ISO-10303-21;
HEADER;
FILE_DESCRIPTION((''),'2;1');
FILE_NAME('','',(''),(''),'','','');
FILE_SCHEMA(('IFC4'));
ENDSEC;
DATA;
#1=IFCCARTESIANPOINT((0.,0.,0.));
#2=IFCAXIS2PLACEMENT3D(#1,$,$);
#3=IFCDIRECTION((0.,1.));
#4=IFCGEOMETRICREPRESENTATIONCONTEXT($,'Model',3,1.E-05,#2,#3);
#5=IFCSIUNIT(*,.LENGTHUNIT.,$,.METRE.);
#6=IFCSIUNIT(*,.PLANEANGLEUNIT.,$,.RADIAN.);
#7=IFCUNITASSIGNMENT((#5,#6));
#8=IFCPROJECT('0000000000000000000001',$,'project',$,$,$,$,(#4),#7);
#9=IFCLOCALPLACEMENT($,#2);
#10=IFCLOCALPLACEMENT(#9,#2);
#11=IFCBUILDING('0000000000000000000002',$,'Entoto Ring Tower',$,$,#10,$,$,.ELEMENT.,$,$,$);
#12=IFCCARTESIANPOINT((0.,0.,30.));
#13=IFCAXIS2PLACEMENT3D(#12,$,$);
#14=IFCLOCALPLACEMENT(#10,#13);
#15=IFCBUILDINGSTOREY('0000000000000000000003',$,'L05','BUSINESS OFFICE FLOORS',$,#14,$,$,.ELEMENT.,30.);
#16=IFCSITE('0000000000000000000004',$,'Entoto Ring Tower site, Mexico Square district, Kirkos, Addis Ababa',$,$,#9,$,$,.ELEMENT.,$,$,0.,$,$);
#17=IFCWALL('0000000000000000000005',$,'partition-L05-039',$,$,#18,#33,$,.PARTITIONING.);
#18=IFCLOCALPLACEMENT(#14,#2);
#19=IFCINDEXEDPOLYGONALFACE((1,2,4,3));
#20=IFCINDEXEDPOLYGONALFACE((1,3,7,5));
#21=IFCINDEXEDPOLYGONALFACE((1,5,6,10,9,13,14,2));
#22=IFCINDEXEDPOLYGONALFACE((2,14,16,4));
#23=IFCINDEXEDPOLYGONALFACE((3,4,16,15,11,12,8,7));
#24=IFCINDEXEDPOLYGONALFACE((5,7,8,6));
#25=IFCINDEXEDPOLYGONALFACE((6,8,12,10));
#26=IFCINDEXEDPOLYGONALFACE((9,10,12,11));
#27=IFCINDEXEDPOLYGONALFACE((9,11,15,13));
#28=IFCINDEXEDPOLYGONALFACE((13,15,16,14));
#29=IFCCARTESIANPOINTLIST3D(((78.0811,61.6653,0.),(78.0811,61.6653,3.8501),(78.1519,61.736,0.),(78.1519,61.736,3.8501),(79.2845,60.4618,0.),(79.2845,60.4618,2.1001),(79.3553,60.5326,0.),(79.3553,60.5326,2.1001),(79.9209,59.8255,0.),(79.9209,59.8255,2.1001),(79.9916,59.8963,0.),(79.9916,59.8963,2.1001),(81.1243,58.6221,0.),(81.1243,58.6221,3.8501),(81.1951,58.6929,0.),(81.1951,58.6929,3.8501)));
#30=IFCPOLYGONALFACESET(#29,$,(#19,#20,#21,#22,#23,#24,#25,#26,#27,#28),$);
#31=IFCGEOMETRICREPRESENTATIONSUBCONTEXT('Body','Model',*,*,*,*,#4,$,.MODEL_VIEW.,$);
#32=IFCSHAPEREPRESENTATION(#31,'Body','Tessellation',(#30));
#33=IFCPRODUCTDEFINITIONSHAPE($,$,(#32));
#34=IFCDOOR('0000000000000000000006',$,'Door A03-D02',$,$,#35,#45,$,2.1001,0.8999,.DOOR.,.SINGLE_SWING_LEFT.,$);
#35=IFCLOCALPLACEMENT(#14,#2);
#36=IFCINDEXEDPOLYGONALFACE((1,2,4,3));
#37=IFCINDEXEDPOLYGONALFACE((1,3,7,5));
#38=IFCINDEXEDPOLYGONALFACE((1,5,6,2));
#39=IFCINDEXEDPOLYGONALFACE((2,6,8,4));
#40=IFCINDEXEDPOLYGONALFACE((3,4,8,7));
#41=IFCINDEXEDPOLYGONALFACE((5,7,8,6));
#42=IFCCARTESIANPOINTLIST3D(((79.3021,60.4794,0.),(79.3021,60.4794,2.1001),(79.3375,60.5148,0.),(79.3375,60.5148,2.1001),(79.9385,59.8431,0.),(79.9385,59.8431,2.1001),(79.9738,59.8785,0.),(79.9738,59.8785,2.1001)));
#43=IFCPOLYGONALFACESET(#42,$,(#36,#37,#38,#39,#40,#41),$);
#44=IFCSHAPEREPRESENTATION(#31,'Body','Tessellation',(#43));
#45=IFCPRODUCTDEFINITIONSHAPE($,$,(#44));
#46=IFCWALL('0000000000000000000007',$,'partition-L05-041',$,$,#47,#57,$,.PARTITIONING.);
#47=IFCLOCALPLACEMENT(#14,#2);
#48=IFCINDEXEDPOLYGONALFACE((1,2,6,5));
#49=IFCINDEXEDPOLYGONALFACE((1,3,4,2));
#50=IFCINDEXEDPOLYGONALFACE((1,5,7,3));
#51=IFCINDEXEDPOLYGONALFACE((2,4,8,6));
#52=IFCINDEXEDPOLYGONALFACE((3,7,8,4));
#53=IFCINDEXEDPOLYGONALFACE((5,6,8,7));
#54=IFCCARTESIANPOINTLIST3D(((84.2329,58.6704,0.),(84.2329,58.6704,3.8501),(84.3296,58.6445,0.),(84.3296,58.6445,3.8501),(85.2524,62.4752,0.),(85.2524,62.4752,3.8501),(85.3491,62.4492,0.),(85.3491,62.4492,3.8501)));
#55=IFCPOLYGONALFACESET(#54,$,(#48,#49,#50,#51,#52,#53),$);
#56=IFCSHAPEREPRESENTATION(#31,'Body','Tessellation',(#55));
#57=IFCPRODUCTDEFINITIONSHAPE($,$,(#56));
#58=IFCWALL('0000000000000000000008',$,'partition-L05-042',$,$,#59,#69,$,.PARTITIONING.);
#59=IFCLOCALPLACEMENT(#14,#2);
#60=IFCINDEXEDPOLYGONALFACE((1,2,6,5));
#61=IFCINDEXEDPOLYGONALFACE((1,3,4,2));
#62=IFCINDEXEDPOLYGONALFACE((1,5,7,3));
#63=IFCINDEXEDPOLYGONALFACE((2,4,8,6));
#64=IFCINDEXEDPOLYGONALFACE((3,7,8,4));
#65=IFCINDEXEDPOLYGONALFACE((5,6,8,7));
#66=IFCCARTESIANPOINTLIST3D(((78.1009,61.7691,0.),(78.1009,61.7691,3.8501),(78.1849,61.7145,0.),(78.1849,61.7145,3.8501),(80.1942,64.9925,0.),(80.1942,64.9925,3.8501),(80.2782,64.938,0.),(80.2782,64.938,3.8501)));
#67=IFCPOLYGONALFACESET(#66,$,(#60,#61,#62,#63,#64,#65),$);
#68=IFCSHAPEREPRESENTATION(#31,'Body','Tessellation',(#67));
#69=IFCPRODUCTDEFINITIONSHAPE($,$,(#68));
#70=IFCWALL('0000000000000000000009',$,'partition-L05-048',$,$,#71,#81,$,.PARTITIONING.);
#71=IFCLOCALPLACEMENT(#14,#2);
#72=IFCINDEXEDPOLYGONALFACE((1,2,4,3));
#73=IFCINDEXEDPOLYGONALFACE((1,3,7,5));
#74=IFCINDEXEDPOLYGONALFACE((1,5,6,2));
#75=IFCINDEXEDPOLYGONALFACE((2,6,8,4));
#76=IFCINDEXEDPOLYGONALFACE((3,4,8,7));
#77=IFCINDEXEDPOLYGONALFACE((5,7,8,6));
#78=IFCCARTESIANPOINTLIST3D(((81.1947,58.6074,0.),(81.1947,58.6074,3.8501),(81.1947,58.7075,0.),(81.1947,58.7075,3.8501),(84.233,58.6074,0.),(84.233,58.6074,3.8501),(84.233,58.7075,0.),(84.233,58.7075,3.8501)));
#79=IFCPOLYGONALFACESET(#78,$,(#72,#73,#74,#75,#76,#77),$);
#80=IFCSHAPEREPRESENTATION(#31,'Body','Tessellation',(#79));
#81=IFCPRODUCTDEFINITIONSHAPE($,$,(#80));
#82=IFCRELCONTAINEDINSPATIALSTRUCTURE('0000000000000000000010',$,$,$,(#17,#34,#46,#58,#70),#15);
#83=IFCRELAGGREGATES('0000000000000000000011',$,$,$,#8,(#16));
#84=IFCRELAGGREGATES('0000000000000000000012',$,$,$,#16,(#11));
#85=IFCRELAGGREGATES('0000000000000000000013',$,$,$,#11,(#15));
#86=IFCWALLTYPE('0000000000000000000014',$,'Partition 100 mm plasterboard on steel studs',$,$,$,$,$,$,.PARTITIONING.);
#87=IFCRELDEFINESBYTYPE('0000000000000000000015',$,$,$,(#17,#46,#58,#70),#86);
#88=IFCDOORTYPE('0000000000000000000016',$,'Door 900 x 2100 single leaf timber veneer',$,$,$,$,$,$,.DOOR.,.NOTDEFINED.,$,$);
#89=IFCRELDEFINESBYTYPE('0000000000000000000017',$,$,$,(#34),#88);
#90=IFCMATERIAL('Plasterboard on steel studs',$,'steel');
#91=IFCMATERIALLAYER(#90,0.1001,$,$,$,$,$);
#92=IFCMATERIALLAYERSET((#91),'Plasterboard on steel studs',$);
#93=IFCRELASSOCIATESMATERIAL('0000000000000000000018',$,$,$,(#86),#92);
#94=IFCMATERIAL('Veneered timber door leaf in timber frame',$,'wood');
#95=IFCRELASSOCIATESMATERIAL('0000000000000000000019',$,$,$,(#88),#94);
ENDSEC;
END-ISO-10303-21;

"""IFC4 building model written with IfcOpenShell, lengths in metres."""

from ifc_helpers import new_model, si_unit, direction, frame, frame_2d, origin, place, context, subcontext, project, spatial, rectangle, extrude, material, layer, layer_set, type_object, element, fill, save


model = new_model("IFC4")

# Units and contexts
model_context = context("Model", 3, precision=1e-05, world=origin(), true_north=direction((0.0, 1.0)))
body_context = subcontext(model_context, "Body", "Model", "MODEL_VIEW")
ifc_project = project(units=[si_unit("LENGTHUNIT", "METRE"), si_unit("PLANEANGLEUNIT", "RADIAN")], contexts=[model_context])

# Site, building, storey
site_placement = place(None, origin())
site = spatial("IfcSite", under=ifc_project, at=site_placement, Name="Entoto Ring Tower site, Mexico Square district, Kirkos, Addis Ababa", CompositionType="ELEMENT", RefElevation=0.0)
building_placement = place(site_placement, origin())
building = spatial("IfcBuilding", under=site, at=building_placement, Name="Entoto Ring Tower", CompositionType="ELEMENT")
storey_placement = place(building_placement, frame((0.0, 0.0, 30.0)))
storey = spatial("IfcBuildingStorey", under=building, at=storey_placement, Name="L05", Description="BUSINESS OFFICE FLOORS", CompositionType="ELEMENT", Elevation=30.0)

# Wall, opening, door
ifc_material_1 = material(Name="Plasterboard on steel studs", Category="steel")
ifc_layer_1 = layer(ifc_material_1, 0.1001)
ifc_layer_set_1 = layer_set([ifc_layer_1], Name="Plasterboard on steel studs")
wall_type_1 = type_object("IfcWallType", Name="Partition 100 mm plasterboard on steel studs", PredefinedType="PARTITIONING", material=ifc_layer_set_1)
wall_1_placement = place(storey_placement, frame((81.1597, 58.6575, 0.0), z_axis=(0.0, 0.0, 1.0), x_axis=(-0.707107, 0.707107, 0.0)))
wall_1 = element("IfcWall", 1, at=wall_1_placement, inside=storey, type_object=wall_type_1, Name="partition-L05-039", PredefinedType="PARTITIONING", context=body_context, shape_type="SweptSolid", body=[
    extrude(rectangle(XDim=4.3037, YDim=0.1001, at=frame_2d((2.1519, 0.0))), origin(), (0.0, 0.0, 1.0), 3.8501),
])
opening_1_placement = place(wall_1_placement, frame((1.7019, 0.0, 0.0)))
opening_1 = element("IfcOpeningElement", 2, at=opening_1_placement, cuts=wall_1, PredefinedType="OPENING", context=body_context, shape_type="SweptSolid", body=[
    extrude(rectangle(XDim=0.8999, YDim=2.1001, at=frame_2d((0.45, 1.05))), frame((0.0, 0.0601, 0.0), z_axis=(0.0, -1.0, 0.0), x_axis=(1.0, 0.0, 0.0)), (0.0, 0.0, 1.0), 0.1201),
])
ifc_material_2 = material(Name="Veneered timber door leaf in timber frame", Category="wood")
door_type_1 = type_object("IfcDoorType", Name="Door 900 x 2100 single leaf timber veneer", OperationType="NOTDEFINED", PredefinedType="DOOR", material=ifc_material_2)
door_1_placement = place(opening_1_placement, frame((0.8999, 0.0, 0.0), z_axis=(0.0, 0.0, 1.0), x_axis=(-1.0, 0.0, 0.0)))
door_1 = element("IfcDoor", 3, at=door_1_placement, inside=storey, type_object=door_type_1, Name="Door A03-D02", OperationType="SINGLE_SWING_LEFT", OverallHeight=2.1001, OverallWidth=0.8999, PredefinedType="DOOR", context=body_context, shape_type="SweptSolid", body=[
    extrude(rectangle(XDim=0.8999, YDim=2.1001, at=frame_2d((0.45, 1.05))), frame((0.0, 0.0249, 0.0), z_axis=(0.0, -1.0, 0.0), x_axis=(1.0, 0.0, 0.0)), (0.0, 0.0, 1.0), 0.05),
])
fill(opening_1, door_1)

# Walls
wall_2_placement = place(storey_placement, frame((84.2812, 58.6575, 0.0), z_axis=(0.0, 0.0, 1.0), x_axis=(0.258835, 0.965921, 0.0)))
element("IfcWall", 4, at=wall_2_placement, inside=storey, type_object=wall_type_1, Name="partition-L05-041", PredefinedType="PARTITIONING", context=body_context, shape_type="SweptSolid", body=[
    extrude(rectangle(XDim=3.939, YDim=0.1001, at=frame_2d((1.9695, 0.0))), origin(), (0.0, 0.0, 1.0), 3.8501),
])
wall_3_placement = place(storey_placement, frame((78.1428, 61.7417, 0.0), z_axis=(0.0, 0.0, 1.0), x_axis=(0.544633, 0.838674, 0.0)))
element("IfcWall", 5, at=wall_3_placement, inside=storey, type_object=wall_type_1, Name="partition-L05-042", PredefinedType="PARTITIONING", context=body_context, shape_type="SweptSolid", body=[
    extrude(rectangle(XDim=3.8435, YDim=0.1001, at=frame_2d((1.9219, 0.0))), origin(), (0.0, 0.0, 1.0), 3.8501),
])
wall_4_placement = place(storey_placement, frame((81.1948, 58.6575, 0.0), z_axis=(0.0, 0.0, 1.0), x_axis=(1.0, 0.0, 0.0)))
element("IfcWall", 6, at=wall_4_placement, inside=storey, type_object=wall_type_1, Name="partition-L05-048", PredefinedType="PARTITIONING", context=body_context, shape_type="SweptSolid", body=[
    extrude(rectangle(XDim=3.0383, YDim=0.1001, at=frame_2d((1.519, 0.0))), origin(), (0.0, 0.0, 1.0), 3.8501),
])

save(model, "model.ifc")
